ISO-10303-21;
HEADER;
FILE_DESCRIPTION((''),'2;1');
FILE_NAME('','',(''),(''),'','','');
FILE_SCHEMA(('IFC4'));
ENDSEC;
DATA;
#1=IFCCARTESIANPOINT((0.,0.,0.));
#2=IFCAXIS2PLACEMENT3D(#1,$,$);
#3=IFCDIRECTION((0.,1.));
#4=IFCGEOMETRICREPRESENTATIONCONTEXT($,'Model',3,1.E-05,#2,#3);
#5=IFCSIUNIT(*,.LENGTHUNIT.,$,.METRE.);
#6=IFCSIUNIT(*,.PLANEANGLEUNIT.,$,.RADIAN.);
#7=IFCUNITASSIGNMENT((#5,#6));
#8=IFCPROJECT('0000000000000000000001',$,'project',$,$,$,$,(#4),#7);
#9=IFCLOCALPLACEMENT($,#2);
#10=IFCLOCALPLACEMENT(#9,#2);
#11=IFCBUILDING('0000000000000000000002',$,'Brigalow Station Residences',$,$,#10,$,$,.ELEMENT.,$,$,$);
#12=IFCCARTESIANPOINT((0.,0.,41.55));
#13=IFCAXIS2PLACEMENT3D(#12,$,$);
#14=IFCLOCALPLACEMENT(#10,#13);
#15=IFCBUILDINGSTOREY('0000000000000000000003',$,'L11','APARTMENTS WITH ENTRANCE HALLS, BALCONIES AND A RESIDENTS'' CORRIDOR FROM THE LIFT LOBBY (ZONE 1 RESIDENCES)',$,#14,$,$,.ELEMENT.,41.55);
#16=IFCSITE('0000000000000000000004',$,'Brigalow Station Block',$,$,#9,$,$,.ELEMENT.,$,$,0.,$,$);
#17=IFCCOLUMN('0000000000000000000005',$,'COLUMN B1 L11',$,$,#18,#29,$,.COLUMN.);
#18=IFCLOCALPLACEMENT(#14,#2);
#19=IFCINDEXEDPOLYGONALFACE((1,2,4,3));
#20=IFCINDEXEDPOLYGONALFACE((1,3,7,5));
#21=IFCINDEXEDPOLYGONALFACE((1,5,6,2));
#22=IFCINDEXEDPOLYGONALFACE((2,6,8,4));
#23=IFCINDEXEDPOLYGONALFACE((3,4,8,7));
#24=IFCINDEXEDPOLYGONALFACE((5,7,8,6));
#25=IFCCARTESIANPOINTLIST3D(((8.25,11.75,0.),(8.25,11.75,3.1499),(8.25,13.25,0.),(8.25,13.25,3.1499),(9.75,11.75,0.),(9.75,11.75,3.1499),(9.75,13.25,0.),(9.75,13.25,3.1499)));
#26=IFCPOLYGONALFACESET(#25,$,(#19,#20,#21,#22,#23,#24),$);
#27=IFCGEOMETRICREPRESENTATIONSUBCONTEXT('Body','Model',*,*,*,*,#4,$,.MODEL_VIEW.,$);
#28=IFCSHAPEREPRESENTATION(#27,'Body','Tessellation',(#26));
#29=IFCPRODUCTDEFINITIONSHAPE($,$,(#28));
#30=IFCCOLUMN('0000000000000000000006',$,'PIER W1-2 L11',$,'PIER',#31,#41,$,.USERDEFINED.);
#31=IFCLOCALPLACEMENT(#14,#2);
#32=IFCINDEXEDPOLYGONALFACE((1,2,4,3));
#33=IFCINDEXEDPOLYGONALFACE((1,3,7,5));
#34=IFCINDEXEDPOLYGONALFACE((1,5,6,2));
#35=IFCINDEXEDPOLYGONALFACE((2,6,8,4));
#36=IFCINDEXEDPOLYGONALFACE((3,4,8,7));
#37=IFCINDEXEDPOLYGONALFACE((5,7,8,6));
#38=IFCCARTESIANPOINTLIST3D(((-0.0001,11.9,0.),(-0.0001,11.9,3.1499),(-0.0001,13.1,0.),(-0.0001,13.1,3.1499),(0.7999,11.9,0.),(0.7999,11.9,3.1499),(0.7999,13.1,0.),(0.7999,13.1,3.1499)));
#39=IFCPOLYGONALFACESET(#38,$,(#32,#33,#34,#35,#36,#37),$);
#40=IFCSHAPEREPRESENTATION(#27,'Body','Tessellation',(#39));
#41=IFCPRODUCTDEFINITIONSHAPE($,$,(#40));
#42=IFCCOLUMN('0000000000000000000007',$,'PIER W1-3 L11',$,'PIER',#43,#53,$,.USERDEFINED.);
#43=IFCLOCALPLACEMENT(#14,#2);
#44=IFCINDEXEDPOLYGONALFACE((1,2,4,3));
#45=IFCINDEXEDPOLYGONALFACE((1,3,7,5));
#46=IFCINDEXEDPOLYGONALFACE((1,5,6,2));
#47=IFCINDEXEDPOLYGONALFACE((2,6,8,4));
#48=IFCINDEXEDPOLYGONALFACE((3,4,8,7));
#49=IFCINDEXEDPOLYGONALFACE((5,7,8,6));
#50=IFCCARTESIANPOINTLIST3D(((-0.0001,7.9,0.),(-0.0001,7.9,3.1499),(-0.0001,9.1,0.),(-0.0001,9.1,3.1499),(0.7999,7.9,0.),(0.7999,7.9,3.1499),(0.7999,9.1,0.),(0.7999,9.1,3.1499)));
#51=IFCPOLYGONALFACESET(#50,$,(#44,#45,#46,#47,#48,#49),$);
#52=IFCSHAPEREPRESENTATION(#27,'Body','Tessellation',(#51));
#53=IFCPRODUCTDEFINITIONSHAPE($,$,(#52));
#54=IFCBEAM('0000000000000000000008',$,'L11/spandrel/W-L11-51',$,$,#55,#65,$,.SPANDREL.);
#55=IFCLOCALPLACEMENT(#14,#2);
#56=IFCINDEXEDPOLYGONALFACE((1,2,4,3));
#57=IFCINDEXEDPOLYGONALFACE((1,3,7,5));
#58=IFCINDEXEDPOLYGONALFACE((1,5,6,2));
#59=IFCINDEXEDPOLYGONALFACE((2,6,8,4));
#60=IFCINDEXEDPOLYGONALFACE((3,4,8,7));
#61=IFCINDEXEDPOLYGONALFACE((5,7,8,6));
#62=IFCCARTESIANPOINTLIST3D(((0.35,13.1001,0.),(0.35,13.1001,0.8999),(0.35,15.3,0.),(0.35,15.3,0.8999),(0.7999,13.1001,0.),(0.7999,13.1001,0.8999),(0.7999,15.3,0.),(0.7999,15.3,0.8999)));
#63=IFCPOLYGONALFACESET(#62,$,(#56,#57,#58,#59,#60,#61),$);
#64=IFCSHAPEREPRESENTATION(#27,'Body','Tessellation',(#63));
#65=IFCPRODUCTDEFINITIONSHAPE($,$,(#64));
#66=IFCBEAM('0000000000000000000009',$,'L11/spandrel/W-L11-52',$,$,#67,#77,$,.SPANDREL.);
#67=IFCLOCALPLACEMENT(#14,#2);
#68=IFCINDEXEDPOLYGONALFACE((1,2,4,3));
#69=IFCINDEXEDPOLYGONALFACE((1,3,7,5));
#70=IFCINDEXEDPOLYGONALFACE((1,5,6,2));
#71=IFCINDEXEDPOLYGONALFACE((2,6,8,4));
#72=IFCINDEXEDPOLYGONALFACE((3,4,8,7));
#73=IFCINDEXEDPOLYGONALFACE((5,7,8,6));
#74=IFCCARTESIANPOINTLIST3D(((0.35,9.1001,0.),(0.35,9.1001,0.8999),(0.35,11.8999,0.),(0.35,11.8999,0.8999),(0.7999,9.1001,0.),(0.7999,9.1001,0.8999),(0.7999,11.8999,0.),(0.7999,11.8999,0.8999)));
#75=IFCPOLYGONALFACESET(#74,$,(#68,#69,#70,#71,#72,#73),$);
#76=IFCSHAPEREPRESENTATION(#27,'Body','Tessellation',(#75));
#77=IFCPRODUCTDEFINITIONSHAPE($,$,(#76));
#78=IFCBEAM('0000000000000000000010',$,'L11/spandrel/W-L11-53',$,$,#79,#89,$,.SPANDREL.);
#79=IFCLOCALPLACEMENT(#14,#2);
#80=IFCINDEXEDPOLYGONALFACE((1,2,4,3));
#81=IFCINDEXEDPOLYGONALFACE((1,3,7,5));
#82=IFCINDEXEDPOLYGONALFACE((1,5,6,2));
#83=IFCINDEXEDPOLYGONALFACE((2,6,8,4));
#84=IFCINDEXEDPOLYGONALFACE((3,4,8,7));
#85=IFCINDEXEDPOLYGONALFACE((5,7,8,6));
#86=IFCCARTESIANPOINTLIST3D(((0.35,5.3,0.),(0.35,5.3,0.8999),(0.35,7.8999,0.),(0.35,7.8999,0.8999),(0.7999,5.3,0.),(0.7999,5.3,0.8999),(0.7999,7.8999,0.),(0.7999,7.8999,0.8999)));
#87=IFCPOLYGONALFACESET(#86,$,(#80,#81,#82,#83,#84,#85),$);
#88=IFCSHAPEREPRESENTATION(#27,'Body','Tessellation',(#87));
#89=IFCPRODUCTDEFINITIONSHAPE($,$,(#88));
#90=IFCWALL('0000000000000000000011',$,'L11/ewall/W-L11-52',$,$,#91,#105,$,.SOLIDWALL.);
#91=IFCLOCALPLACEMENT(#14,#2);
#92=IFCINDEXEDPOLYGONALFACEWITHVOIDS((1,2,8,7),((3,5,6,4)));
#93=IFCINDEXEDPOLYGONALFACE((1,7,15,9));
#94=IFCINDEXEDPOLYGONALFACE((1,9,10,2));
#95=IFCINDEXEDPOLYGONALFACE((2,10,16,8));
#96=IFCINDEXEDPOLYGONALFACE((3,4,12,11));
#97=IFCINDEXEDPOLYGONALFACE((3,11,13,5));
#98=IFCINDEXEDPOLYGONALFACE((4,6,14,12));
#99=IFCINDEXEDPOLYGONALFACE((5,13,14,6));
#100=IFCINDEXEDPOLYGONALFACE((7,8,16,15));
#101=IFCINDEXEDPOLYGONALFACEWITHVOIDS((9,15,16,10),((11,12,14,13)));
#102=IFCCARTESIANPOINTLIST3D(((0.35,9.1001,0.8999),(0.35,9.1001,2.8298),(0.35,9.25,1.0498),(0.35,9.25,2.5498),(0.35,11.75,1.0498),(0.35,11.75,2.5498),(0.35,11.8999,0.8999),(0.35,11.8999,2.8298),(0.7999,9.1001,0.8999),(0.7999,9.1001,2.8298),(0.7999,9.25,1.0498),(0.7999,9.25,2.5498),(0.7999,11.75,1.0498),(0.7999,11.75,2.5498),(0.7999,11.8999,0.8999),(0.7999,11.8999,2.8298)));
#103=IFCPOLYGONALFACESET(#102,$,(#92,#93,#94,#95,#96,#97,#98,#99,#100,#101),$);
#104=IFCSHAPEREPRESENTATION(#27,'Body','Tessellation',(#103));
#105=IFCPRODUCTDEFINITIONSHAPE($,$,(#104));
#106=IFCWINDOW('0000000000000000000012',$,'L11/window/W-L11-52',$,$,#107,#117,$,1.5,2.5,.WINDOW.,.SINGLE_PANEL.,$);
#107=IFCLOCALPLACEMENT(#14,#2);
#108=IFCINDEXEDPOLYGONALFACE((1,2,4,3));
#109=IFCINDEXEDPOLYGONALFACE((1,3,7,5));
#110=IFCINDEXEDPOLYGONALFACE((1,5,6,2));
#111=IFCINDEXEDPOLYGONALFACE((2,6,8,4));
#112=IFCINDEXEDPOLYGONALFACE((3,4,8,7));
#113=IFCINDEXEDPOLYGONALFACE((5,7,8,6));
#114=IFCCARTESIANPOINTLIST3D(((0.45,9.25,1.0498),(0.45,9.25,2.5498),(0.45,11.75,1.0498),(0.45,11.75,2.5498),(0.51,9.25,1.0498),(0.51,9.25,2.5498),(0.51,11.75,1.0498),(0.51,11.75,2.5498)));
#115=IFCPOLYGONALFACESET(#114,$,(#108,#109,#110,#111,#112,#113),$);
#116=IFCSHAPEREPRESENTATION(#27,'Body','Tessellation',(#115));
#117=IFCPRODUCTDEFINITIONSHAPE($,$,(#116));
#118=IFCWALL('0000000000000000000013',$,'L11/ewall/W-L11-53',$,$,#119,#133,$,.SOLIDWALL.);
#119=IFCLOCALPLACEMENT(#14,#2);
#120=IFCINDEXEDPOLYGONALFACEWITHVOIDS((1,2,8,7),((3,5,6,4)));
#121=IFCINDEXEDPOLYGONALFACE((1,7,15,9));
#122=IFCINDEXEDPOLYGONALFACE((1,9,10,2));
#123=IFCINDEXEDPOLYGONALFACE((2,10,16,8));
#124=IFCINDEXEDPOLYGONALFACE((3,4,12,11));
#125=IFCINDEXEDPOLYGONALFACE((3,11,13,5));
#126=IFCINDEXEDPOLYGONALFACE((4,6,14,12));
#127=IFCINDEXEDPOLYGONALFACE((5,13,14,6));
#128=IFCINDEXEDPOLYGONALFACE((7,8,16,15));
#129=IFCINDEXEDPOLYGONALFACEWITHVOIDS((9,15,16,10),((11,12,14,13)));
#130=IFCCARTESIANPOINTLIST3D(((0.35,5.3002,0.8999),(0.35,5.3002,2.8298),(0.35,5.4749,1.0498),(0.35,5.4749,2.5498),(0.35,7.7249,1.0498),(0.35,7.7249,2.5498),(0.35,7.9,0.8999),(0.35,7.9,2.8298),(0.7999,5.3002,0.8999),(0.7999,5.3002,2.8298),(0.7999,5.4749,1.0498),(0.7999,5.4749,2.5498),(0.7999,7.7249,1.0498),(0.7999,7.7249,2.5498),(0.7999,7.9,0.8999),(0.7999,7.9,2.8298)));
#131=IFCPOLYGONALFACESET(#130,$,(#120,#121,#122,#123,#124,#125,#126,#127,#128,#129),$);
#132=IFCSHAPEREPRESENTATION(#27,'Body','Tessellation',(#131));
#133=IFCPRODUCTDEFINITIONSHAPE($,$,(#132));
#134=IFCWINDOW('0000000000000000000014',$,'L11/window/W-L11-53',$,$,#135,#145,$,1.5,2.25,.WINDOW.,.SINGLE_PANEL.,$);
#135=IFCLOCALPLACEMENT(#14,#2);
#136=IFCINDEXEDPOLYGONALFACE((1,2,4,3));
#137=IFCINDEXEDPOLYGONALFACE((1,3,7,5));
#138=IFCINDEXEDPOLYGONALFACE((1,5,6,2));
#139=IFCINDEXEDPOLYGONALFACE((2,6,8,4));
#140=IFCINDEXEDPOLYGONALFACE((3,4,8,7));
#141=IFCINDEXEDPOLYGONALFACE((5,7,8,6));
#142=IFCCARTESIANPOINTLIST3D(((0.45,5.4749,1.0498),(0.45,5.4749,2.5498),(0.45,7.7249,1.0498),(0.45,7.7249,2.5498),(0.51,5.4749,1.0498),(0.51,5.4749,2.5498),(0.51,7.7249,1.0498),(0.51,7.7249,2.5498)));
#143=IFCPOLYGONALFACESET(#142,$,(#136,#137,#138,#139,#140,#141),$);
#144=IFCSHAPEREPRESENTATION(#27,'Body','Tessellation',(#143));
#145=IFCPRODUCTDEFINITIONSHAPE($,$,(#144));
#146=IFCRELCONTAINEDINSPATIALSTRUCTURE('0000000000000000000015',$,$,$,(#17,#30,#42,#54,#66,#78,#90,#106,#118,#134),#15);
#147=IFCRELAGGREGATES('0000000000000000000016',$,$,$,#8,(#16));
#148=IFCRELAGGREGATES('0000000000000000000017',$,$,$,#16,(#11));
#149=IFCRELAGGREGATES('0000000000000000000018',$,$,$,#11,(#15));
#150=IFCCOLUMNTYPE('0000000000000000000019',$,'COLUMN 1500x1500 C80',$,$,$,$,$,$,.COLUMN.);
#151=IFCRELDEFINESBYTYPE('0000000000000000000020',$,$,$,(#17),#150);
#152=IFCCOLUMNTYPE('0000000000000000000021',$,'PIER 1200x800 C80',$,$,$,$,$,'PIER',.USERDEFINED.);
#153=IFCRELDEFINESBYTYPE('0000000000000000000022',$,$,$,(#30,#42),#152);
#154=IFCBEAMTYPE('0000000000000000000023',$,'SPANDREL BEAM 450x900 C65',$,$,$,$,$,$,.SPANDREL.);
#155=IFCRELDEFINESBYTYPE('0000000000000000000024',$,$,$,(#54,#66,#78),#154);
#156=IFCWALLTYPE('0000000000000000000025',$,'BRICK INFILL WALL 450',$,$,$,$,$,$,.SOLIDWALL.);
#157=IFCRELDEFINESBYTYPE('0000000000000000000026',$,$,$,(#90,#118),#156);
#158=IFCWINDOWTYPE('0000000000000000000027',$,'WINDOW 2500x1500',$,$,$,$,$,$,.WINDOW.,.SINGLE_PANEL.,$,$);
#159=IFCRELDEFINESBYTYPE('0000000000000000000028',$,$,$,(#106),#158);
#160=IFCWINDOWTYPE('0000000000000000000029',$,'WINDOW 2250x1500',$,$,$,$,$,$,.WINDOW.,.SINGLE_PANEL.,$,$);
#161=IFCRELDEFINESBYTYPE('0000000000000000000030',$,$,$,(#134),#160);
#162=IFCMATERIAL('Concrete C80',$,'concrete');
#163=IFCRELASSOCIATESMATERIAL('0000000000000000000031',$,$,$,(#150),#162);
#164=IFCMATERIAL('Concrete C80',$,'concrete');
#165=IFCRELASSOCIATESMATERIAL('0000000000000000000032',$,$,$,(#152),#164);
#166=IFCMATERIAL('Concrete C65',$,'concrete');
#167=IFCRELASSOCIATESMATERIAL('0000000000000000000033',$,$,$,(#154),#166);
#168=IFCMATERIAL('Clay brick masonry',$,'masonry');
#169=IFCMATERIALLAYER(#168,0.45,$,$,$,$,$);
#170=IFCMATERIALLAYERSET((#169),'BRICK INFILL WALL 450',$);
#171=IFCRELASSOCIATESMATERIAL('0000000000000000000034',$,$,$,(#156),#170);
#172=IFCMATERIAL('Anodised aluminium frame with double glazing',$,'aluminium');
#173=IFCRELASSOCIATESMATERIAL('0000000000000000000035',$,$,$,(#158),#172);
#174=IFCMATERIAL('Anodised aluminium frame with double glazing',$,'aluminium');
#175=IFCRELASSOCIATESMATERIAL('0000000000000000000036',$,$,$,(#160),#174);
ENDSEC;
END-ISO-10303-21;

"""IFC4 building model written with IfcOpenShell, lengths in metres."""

from ifc_helpers import new_model, si_unit, direction, frame, frame_2d, origin, origin_2d, place, context, subcontext, project, spatial, rectangle, extrude, material, layer, layer_set, material_profile, profile_set, type_object, element, fill, save


model = new_model("IFC4")

# Units and contexts
model_context = context("Model", 3, precision=1e-05, world=origin(), true_north=direction((0.0, 1.0)))
body_context = subcontext(model_context, "Body", "Model", "MODEL_VIEW")
ifc_project = project(units=[si_unit("LENGTHUNIT", "METRE"), si_unit("PLANEANGLEUNIT", "RADIAN")], contexts=[model_context])

# Site, building, storey
site_placement = place(None, origin())
site = spatial("IfcSite", under=ifc_project, at=site_placement, Name="Brigalow Station Block", CompositionType="ELEMENT", RefElevation=0.0)
building_placement = place(site_placement, origin())
building = spatial("IfcBuilding", under=site, at=building_placement, Name="Brigalow Station Residences", CompositionType="ELEMENT")
storey_placement = place(building_placement, frame((0.0, 0.0, 41.55)))
storey = spatial("IfcBuildingStorey", under=building, at=storey_placement, Name="L11", Description="APARTMENTS WITH ENTRANCE HALLS, BALCONIES AND A RESIDENTS' CORRIDOR FROM THE LIFT LOBBY (ZONE 1 RESIDENCES)", CompositionType="ELEMENT", Elevation=41.55)

# Columns
ifc_material_1 = material(Name="Concrete C80", Category="concrete")
ifc_material_profile_1 = material_profile(ifc_material_1, rectangle(XDim=1.5, YDim=1.5, at=origin_2d()), Name="RC1500x1500")
ifc_profile_set_1 = profile_set([ifc_material_profile_1], Name="Concrete C80")
column_type_1 = type_object("IfcColumnType", Name="COLUMN 1500x1500 C80", PredefinedType="COLUMN", material=ifc_profile_set_1)
column_placement = place(storey_placement, frame((9.0, 12.5, 0.0), z_axis=(0.0, 0.0, 1.0), x_axis=(1.0, 0.0, 0.0)))
element("IfcColumn", 1, at=column_placement, inside=storey, type_object=column_type_1, Name="COLUMN B1 L11", PredefinedType="COLUMN", context=body_context, shape_type="SweptSolid", body=[
    extrude(rectangle(XDim=1.5, YDim=1.5, at=origin_2d()), origin(), (0.0, 0.0, 1.0), 3.1499),
])
ifc_material_2 = material(Name="Concrete C80", Category="concrete")
ifc_material_profile_2 = material_profile(ifc_material_2, rectangle(XDim=1.2, YDim=0.8, at=origin_2d()), Name="RC1200x800")
ifc_profile_set_2 = profile_set([ifc_material_profile_2], Name="Concrete C80")
column_type_2 = type_object("IfcColumnType", Name="PIER 1200x800 C80", ElementType="PIER", PredefinedType="USERDEFINED", material=ifc_profile_set_2)
for number, where, z_axis, x_axis, name in (
    (2, (0.3999, 12.5, 0.0), (0.0, 0.0, 1.0), (0.0, -1.0, 0.0), "PIER W1-2 L11"),
    (3, (0.3999, 8.5, 0.0), (0.0, 0.0, 1.0), (0.0, -1.0, 0.0), "PIER W1-3 L11"),
):
    element("IfcColumn", number, at=place(storey_placement, frame(where, z_axis=z_axis, x_axis=x_axis)), inside=storey, type_object=column_type_2, Name=name, ObjectType="PIER", PredefinedType="USERDEFINED", context=body_context, shape_type="SweptSolid", body=[
        extrude(rectangle(XDim=1.2, YDim=0.8, at=origin_2d()), origin(), (0.0, 0.0, 1.0), 3.1499),
    ])

# Beams
ifc_material_3 = material(Name="Concrete C65", Category="concrete")
ifc_material_profile_3 = material_profile(ifc_material_3, rectangle(XDim=0.45, YDim=0.8999, at=origin_2d()), Name="RC450x900")
ifc_profile_set_3 = profile_set([ifc_material_profile_3], Name="Concrete C65")
beam_type = type_object("IfcBeamType", Name="SPANDREL BEAM 450x900 C65", PredefinedType="SPANDREL", material=ifc_profile_set_3)
beam_1_placement = place(storey_placement, frame((0.575, 15.3, 0.45), z_axis=(0.0, -1.0, 0.0), x_axis=(1.0, 0.0, 0.0)))
element("IfcBeam", 4, at=beam_1_placement, inside=storey, type_object=beam_type, Name="L11/spandrel/W-L11-51", PredefinedType="SPANDREL", context=body_context, shape_type="SweptSolid", body=[
    extrude(rectangle(XDim=0.45, YDim=0.8999, at=origin_2d()), origin(), (0.0, 0.0, 1.0), 2.2),
])
beam_2_placement = place(storey_placement, frame((0.575, 11.8999, 0.45), z_axis=(0.0, -1.0, 0.0), x_axis=(1.0, 0.0, 0.0)))
element("IfcBeam", 5, at=beam_2_placement, inside=storey, type_object=beam_type, Name="L11/spandrel/W-L11-52", PredefinedType="SPANDREL", context=body_context, shape_type="SweptSolid", body=[
    extrude(rectangle(XDim=0.45, YDim=0.8999, at=origin_2d()), origin(), (0.0, 0.0, 1.0), 2.7998),
])
beam_3_placement = place(storey_placement, frame((0.575, 7.8999, 0.45), z_axis=(0.0, -1.0, 0.0), x_axis=(1.0, 0.0, 0.0)))
element("IfcBeam", 6, at=beam_3_placement, inside=storey, type_object=beam_type, Name="L11/spandrel/W-L11-53", PredefinedType="SPANDREL", context=body_context, shape_type="SweptSolid", body=[
    extrude(rectangle(XDim=0.45, YDim=0.8999, at=origin_2d()), origin(), (0.0, 0.0, 1.0), 2.5999),
])

# Walls, openings, windows
ifc_material_4 = material(Name="Clay brick masonry", Category="masonry")
ifc_layer_1 = layer(ifc_material_4, 0.45)
ifc_layer_set_1 = layer_set([ifc_layer_1], Name="BRICK INFILL WALL 450")
wall_type_1 = type_object("IfcWallType", Name="BRICK INFILL WALL 450", PredefinedType="SOLIDWALL", material=ifc_layer_set_1)
wall_1_placement = place(storey_placement, frame((0.575, 11.8999, 0.8999), z_axis=(0.0, 0.0, 1.0), x_axis=(0.0, -1.0, 0.0)))
wall_1 = element("IfcWall", 7, at=wall_1_placement, inside=storey, type_object=wall_type_1, Name="L11/ewall/W-L11-52", PredefinedType="SOLIDWALL", context=body_context, shape_type="SweptSolid", body=[
    extrude(rectangle(XDim=2.7998, YDim=0.45, at=frame_2d((1.3999, 0.0))), origin(), (0.0, 0.0, 1.0), 1.9299),
])
opening_1_placement = place(wall_1_placement, frame((0.1499, 0.0, 0.1499)))
opening_1 = element("IfcOpeningElement", 8, at=opening_1_placement, cuts=wall_1, PredefinedType="OPENING", context=body_context, shape_type="SweptSolid", body=[
    extrude(rectangle(XDim=2.5, YDim=1.5, at=frame_2d((1.25, 0.75))), frame((0.0, 0.2349, 0.0), z_axis=(0.0, -1.0, 0.0), x_axis=(1.0, 0.0, 0.0)), (0.0, 0.0, 1.0), 0.47),
])
ifc_material_5 = material(Name="Anodised aluminium frame with double glazing", Category="aluminium")
window_type_1 = type_object("IfcWindowType", Name="WINDOW 2500x1500", PartitioningType="SINGLE_PANEL", PredefinedType="WINDOW", material=ifc_material_5)
window_1_placement = place(opening_1_placement, origin())
window_1 = element("IfcWindow", 9, at=window_1_placement, inside=storey, type_object=window_type_1, Name="L11/window/W-L11-52", OverallHeight=1.5, OverallWidth=2.5, PartitioningType="SINGLE_PANEL", PredefinedType="WINDOW", context=body_context, shape_type="SweptSolid", body=[
    extrude(rectangle(XDim=2.5, YDim=1.5, at=frame_2d((1.25, 0.75))), frame((0.0, -0.0649, 0.0), z_axis=(0.0, -1.0, 0.0), x_axis=(1.0, 0.0, 0.0)), (0.0, 0.0, 1.0), 0.0601),
])
fill(opening_1, window_1)
wall_2_placement = place(storey_placement, frame((0.575, 7.8999, 0.8999), z_axis=(0.0, 0.0, 1.0), x_axis=(0.0, -1.0, 0.0)))
wall_2 = element("IfcWall", 10, at=wall_2_placement, inside=storey, type_object=wall_type_1, Name="L11/ewall/W-L11-53", PredefinedType="SOLIDWALL", context=body_context, shape_type="SweptSolid", body=[
    extrude(rectangle(XDim=2.5999, YDim=0.45, at=frame_2d((1.2998, 0.0))), origin(), (0.0, 0.0, 1.0), 1.9299),
])
opening_2_placement = place(wall_2_placement, frame((0.175, 0.0, 0.1499)))
opening_2 = element("IfcOpeningElement", 11, at=opening_2_placement, cuts=wall_2, PredefinedType="OPENING", context=body_context, shape_type="SweptSolid", body=[
    extrude(rectangle(XDim=2.25, YDim=1.5, at=frame_2d((1.125, 0.75))), frame((0.0, 0.2349, 0.0), z_axis=(0.0, -1.0, 0.0), x_axis=(1.0, 0.0, 0.0)), (0.0, 0.0, 1.0), 0.47),
])
ifc_material_6 = material(Name="Anodised aluminium frame with double glazing", Category="aluminium")
window_type_2 = type_object("IfcWindowType", Name="WINDOW 2250x1500", PartitioningType="SINGLE_PANEL", PredefinedType="WINDOW", material=ifc_material_6)
window_2_placement = place(opening_2_placement, origin())
window_2 = element("IfcWindow", 12, at=window_2_placement, inside=storey, type_object=window_type_2, Name="L11/window/W-L11-53", OverallHeight=1.5, OverallWidth=2.25, PartitioningType="SINGLE_PANEL", PredefinedType="WINDOW", context=body_context, shape_type="SweptSolid", body=[
    extrude(rectangle(XDim=2.25, YDim=1.5, at=frame_2d((1.125, 0.75))), frame((0.0, -0.0649, 0.0), z_axis=(0.0, -1.0, 0.0), x_axis=(1.0, 0.0, 0.0)), (0.0, 0.0, 1.0), 0.0601),
])
fill(opening_2, window_2)

save(model, "model.ifc")
